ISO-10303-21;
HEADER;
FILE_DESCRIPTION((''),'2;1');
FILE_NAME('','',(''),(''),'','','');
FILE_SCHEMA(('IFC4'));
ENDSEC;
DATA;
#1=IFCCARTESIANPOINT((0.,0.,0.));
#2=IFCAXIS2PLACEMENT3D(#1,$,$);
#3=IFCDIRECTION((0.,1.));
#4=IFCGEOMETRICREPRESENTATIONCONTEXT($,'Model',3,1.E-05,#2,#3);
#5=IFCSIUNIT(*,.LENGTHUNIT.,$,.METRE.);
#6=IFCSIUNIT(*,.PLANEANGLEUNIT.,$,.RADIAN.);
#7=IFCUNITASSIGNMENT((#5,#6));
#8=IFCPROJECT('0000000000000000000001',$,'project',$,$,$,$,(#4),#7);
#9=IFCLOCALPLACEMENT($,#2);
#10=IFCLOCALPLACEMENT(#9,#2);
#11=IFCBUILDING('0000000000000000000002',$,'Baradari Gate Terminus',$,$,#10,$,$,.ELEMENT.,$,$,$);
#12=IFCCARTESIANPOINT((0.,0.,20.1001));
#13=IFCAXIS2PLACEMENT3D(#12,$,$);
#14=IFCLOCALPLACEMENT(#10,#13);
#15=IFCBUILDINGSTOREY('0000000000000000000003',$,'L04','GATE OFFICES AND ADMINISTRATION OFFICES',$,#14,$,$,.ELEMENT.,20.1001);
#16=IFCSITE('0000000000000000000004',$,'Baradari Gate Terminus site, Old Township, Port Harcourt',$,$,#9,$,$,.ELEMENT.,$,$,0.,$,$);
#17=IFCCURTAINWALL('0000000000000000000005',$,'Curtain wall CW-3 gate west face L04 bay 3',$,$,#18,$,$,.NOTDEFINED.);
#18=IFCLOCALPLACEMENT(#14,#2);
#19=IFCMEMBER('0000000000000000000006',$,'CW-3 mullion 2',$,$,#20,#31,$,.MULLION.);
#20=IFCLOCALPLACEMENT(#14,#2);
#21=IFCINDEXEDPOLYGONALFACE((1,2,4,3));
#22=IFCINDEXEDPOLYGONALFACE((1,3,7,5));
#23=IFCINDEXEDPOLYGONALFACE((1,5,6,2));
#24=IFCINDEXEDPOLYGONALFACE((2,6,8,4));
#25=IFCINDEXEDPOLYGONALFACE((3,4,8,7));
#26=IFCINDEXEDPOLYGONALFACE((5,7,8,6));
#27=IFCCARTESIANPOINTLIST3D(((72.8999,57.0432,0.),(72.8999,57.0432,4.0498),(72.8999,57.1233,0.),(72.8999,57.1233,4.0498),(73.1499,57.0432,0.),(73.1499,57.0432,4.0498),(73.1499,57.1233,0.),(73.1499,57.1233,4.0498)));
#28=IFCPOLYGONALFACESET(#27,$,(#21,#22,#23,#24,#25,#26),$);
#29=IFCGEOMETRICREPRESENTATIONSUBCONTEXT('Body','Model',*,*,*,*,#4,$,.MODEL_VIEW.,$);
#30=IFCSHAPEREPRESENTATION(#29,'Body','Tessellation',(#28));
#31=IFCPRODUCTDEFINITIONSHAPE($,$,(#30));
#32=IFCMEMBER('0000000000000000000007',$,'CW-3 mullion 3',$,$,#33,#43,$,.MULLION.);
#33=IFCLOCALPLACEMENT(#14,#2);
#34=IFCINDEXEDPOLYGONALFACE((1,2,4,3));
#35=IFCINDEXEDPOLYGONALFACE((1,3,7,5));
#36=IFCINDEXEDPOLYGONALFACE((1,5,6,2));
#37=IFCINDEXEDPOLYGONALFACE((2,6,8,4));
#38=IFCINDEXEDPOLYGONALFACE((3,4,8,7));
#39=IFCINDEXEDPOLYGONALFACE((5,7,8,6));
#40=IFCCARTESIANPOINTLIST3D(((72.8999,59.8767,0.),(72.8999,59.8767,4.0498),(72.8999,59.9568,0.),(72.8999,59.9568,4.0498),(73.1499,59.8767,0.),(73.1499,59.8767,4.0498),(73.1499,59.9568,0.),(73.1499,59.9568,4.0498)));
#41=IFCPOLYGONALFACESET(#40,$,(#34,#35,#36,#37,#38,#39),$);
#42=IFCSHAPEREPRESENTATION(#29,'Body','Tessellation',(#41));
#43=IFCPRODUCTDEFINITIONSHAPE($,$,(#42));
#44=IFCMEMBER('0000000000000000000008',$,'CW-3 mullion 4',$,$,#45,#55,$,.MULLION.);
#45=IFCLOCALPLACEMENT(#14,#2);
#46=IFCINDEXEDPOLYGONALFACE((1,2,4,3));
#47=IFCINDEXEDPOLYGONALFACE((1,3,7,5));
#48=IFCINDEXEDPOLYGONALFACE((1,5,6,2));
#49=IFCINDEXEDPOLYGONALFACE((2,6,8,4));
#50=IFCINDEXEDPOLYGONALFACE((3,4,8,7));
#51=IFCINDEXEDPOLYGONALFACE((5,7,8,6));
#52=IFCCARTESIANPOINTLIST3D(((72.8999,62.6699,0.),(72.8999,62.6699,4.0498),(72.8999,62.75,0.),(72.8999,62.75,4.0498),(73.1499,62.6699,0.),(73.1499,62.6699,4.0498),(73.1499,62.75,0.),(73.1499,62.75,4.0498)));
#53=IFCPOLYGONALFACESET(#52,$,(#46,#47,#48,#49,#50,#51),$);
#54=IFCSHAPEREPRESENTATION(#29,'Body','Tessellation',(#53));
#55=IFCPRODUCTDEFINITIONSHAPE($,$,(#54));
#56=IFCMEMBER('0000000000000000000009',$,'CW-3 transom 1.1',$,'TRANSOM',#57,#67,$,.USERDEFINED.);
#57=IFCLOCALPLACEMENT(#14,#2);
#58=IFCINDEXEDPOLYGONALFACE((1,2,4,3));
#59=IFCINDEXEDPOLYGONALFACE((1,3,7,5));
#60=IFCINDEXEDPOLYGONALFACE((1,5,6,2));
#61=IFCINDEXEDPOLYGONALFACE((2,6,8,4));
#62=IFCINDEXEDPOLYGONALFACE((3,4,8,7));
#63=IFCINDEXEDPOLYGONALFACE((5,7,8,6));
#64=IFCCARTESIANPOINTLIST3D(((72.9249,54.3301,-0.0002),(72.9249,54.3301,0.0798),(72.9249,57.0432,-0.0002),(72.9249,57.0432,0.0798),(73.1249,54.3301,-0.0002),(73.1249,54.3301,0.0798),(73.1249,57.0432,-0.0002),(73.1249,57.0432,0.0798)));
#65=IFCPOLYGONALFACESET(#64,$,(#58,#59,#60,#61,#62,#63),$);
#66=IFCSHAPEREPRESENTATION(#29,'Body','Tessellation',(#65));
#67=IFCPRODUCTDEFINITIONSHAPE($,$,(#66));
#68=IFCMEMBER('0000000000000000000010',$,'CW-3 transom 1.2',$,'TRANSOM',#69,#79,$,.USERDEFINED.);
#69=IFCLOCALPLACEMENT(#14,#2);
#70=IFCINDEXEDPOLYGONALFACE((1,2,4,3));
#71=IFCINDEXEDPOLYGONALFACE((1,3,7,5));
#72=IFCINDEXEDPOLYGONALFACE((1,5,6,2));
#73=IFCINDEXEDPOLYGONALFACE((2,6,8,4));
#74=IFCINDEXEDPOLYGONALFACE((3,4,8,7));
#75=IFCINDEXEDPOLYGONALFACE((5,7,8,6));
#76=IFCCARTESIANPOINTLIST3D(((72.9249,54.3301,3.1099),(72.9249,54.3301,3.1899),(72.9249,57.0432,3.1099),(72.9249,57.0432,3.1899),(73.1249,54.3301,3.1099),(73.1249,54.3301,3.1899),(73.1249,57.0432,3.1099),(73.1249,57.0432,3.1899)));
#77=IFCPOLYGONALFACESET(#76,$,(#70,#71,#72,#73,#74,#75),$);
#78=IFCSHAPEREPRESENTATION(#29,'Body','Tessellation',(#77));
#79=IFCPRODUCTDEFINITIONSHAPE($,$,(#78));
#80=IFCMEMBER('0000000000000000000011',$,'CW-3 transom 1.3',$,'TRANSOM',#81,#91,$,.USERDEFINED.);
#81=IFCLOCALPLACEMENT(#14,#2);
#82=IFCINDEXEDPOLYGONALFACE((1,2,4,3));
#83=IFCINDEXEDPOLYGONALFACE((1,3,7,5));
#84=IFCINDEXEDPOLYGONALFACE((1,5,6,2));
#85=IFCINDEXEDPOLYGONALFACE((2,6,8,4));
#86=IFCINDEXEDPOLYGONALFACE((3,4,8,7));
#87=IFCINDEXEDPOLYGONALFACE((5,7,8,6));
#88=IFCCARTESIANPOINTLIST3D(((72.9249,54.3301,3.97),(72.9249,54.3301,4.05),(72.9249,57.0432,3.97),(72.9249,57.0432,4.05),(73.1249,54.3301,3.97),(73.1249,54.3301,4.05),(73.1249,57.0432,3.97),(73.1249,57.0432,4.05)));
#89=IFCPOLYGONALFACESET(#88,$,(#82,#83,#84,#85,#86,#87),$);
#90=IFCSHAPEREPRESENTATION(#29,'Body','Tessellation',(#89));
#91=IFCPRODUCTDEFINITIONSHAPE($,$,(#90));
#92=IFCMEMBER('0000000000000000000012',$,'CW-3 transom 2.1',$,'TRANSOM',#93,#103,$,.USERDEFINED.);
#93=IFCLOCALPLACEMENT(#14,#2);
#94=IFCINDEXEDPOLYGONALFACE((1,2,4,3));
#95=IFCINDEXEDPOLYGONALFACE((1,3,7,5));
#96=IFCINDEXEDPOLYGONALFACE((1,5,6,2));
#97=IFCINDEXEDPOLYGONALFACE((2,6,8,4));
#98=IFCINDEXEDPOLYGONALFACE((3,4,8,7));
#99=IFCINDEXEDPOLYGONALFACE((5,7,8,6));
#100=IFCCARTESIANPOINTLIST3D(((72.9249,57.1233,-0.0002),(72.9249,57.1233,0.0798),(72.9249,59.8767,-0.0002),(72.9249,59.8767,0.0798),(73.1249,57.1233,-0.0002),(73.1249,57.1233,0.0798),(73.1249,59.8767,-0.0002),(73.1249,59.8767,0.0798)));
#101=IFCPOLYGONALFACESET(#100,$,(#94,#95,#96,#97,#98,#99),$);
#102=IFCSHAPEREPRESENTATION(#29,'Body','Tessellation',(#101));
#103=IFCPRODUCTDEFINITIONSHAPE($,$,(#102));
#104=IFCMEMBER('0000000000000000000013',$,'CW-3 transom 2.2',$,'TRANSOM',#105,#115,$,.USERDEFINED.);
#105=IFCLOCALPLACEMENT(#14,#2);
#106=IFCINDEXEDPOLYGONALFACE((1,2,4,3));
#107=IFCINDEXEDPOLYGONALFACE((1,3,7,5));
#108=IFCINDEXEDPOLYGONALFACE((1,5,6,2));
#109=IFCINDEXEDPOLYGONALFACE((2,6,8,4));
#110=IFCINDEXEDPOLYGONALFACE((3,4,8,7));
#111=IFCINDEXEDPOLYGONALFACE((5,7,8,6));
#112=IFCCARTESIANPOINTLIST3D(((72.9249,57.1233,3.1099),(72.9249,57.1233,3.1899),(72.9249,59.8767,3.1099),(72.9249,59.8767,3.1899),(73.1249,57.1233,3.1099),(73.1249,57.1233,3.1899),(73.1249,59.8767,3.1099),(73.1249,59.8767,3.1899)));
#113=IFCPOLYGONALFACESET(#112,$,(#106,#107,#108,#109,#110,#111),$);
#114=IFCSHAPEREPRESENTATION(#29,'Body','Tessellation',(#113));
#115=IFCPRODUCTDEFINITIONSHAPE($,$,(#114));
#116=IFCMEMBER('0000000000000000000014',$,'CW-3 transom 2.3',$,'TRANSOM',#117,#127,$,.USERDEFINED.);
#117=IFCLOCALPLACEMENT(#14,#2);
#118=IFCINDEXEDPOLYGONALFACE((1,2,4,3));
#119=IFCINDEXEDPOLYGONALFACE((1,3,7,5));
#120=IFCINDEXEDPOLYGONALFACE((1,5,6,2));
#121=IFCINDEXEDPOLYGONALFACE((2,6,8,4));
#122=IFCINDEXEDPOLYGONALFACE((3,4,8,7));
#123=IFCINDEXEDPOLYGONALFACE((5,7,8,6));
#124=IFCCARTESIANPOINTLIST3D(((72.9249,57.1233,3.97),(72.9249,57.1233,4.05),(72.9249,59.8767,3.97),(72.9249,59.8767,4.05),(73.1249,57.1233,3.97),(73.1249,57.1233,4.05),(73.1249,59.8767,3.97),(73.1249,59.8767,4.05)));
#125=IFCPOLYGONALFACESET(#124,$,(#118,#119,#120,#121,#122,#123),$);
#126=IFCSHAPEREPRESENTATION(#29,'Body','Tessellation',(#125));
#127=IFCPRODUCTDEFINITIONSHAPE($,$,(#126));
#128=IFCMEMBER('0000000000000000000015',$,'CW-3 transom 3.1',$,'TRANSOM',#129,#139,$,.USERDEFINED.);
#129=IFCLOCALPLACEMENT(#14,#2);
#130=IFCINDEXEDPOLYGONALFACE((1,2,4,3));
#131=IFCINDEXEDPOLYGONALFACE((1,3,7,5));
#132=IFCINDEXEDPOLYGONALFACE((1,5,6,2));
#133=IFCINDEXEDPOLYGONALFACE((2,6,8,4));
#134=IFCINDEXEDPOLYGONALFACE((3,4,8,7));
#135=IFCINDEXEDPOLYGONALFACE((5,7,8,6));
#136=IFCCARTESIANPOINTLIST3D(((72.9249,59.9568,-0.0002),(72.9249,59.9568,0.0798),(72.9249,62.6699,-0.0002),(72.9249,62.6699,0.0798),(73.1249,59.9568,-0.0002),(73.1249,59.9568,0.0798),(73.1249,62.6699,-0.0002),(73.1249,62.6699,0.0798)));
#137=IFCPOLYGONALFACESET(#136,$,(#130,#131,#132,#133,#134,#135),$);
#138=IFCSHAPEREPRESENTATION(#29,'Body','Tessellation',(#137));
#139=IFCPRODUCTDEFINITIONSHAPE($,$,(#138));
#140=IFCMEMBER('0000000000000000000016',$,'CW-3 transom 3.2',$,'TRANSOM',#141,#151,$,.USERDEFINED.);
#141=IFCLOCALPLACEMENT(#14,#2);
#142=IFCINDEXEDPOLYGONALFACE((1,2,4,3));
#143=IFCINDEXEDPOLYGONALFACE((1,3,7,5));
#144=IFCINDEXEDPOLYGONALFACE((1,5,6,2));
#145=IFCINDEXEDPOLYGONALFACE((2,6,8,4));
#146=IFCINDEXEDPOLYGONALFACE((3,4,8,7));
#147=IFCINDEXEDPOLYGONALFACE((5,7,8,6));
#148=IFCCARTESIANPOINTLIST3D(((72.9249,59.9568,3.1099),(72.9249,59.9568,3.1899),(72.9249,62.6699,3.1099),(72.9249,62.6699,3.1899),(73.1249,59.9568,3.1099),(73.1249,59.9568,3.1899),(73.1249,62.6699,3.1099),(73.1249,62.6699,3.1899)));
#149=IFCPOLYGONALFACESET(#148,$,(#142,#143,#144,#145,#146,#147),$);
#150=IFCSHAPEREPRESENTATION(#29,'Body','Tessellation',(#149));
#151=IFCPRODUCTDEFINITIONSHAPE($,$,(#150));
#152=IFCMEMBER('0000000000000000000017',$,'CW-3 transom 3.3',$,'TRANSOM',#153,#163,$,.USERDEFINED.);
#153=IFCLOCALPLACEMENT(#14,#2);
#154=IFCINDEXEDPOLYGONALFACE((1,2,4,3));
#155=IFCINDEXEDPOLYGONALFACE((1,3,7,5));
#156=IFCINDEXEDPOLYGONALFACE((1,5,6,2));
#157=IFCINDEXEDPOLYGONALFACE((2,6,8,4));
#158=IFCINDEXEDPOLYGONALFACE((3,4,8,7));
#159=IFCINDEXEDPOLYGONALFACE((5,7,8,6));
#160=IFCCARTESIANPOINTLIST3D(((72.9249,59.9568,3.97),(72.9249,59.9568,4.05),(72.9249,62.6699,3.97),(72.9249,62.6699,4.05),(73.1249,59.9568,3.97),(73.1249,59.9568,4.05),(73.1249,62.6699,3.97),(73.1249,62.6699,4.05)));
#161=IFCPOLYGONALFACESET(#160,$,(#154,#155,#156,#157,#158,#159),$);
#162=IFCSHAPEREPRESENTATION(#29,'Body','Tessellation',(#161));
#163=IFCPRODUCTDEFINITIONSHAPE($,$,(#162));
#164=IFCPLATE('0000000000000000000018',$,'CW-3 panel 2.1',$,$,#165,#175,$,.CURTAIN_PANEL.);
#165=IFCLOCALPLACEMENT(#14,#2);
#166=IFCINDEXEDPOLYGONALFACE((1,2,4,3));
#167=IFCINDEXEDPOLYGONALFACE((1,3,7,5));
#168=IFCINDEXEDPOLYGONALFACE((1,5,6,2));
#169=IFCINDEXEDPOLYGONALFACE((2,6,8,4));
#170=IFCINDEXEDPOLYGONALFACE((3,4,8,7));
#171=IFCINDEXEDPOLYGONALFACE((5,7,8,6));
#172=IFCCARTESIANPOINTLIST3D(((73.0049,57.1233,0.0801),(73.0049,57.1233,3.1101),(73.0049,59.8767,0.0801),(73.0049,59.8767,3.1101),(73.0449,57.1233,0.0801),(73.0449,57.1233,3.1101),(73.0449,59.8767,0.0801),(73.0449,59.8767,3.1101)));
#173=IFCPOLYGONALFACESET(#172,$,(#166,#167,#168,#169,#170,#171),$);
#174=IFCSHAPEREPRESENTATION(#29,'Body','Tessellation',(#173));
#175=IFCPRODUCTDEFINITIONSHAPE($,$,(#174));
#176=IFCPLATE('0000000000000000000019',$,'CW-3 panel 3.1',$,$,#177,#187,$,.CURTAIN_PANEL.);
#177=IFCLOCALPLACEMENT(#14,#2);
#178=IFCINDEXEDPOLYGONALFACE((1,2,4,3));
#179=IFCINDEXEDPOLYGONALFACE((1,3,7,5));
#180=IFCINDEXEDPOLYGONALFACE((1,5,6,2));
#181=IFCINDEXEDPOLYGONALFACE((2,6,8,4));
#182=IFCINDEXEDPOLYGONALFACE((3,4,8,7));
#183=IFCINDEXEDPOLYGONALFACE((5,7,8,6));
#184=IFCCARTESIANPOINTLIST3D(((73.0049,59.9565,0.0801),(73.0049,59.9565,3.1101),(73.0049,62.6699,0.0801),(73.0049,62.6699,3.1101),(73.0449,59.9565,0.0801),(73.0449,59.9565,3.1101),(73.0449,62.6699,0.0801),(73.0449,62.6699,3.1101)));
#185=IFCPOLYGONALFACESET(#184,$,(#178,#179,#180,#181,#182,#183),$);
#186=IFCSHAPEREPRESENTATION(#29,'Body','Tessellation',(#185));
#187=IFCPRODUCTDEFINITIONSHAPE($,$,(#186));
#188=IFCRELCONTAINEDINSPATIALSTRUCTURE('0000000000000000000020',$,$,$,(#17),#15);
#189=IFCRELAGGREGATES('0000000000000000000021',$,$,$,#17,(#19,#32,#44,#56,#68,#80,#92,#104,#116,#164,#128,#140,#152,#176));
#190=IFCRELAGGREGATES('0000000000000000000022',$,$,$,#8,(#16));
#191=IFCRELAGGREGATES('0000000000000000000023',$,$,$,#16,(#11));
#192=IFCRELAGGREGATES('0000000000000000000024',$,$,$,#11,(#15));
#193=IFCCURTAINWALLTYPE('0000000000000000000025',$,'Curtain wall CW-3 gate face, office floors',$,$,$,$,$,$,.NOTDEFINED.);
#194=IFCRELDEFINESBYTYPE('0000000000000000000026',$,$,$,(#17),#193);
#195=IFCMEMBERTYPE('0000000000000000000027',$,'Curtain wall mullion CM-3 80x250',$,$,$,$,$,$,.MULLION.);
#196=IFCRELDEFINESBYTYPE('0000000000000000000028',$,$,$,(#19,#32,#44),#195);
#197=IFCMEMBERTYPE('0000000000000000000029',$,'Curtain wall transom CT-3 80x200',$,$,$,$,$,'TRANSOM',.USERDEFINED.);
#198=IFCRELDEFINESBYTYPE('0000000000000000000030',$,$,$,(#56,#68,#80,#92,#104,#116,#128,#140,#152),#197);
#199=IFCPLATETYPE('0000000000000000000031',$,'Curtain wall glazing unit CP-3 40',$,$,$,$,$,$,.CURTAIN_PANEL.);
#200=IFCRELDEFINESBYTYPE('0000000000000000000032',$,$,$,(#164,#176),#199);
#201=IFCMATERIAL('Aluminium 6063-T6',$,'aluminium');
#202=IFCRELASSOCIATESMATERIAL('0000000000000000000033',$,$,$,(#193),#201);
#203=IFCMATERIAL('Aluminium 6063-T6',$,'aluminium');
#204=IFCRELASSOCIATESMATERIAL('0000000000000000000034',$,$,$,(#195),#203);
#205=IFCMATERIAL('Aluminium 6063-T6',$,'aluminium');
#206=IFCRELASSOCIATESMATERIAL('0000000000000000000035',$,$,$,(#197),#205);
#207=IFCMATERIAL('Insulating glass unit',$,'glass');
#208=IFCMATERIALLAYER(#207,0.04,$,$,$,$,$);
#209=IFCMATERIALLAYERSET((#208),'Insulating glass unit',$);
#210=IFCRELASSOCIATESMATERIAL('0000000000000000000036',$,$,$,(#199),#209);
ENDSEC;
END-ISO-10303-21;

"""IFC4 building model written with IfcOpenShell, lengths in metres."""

from ifc_helpers import new_model, si_unit, direction, frame, origin, origin_2d, place, context, subcontext, project, spatial, rectangle, extrude, material, layer, layer_set, material_profile, profile_set, type_object, element, aggregate, save


model = new_model("IFC4")

# Units and contexts
model_context = context("Model", 3, precision=1e-05, world=origin(), true_north=direction((0.0, 1.0)))
body_context = subcontext(model_context, "Body", "Model", "MODEL_VIEW")
ifc_project = project(units=[si_unit("LENGTHUNIT", "METRE"), si_unit("PLANEANGLEUNIT", "RADIAN")], contexts=[model_context])

# Site, building, storey
site_placement = place(None, origin())
site = spatial("IfcSite", under=ifc_project, at=site_placement, Name="Baradari Gate Terminus site, Old Township, Port Harcourt", CompositionType="ELEMENT", RefElevation=0.0)
building_placement = place(site_placement, origin())
building = spatial("IfcBuilding", under=site, at=building_placement, Name="Baradari Gate Terminus", CompositionType="ELEMENT")
storey_placement = place(building_placement, frame((0.0, 0.0, 20.1001)))
storey = spatial("IfcBuildingStorey", under=building, at=storey_placement, Name="L04", Description="GATE OFFICES AND ADMINISTRATION OFFICES", CompositionType="ELEMENT", Elevation=20.1001)

# Curtain wall, members, plates
ifc_material_1 = material(Name="Aluminium 6063-T6", Category="aluminium")
curtain_wall_type = type_object("IfcCurtainWallType", Name="Curtain wall CW-3 gate face, office floors", PredefinedType="NOTDEFINED", material=ifc_material_1)
curtain_wall_placement = place(storey_placement, origin())
curtain_wall = element("IfcCurtainWall", 1, at=curtain_wall_placement, inside=storey, type_object=curtain_wall_type, Name="Curtain wall CW-3 gate west face L04 bay 3", PredefinedType="NOTDEFINED")
ifc_material_2 = material(Name="Aluminium 6063-T6", Category="aluminium")
ifc_material_profile_1 = material_profile(ifc_material_2, rectangle(XDim=0.25, YDim=0.0801, at=origin_2d()), Name="CM-3 80X250")
ifc_profile_set_1 = profile_set([ifc_material_profile_1], Name="Aluminium 6063-T6")
member_type_1 = type_object("IfcMemberType", Name="Curtain wall mullion CM-3 80x250", PredefinedType="MULLION", material=ifc_profile_set_1)
member_1_placement = place(storey_placement, frame((73.0249, 57.0833, 0.0), z_axis=(0.0, 0.0, 1.0), x_axis=(-1.0, 0.0, 0.0)))
member_1 = element("IfcMember", 2, at=member_1_placement, type_object=member_type_1, Name="CW-3 mullion 2", PredefinedType="MULLION", context=body_context, shape_type="SweptSolid", body=[
    extrude(rectangle(XDim=0.25, YDim=0.0801, at=origin_2d()), origin(), (0.0, 0.0, 1.0), 4.0498),
])
member_2_placement = place(storey_placement, frame((73.0249, 59.9167, 0.0), z_axis=(0.0, 0.0, 1.0), x_axis=(-1.0, 0.0, 0.0)))
member_2 = element("IfcMember", 3, at=member_2_placement, type_object=member_type_1, Name="CW-3 mullion 3", PredefinedType="MULLION", context=body_context, shape_type="SweptSolid", body=[
    extrude(rectangle(XDim=0.25, YDim=0.0801, at=origin_2d()), origin(), (0.0, 0.0, 1.0), 4.0498),
])
member_3_placement = place(storey_placement, frame((73.0249, 62.71, 0.0), z_axis=(0.0, 0.0, 1.0), x_axis=(-1.0, 0.0, 0.0)))
member_3 = element("IfcMember", 4, at=member_3_placement, type_object=member_type_1, Name="CW-3 mullion 4", PredefinedType="MULLION", context=body_context, shape_type="SweptSolid", body=[
    extrude(rectangle(XDim=0.25, YDim=0.0801, at=origin_2d()), origin(), (0.0, 0.0, 1.0), 4.0498),
])
ifc_material_3 = material(Name="Aluminium 6063-T6", Category="aluminium")
ifc_material_profile_2 = material_profile(ifc_material_3, rectangle(XDim=0.2, YDim=0.0801, at=origin_2d()), Name="CT-3 80X200")
ifc_profile_set_2 = profile_set([ifc_material_profile_2], Name="Aluminium 6063-T6")
member_type_2 = type_object("IfcMemberType", Name="Curtain wall transom CT-3 80x200", ElementType="TRANSOM", PredefinedType="USERDEFINED", material=ifc_profile_set_2)
member_4_placement = place(storey_placement, frame((73.0249, 54.3301, 0.0398), z_axis=(0.0, 1.0, 0.0), x_axis=(-1.0, 0.0, 0.0)))
member_4 = element("IfcMember", 5, at=member_4_placement, type_object=member_type_2, Name="CW-3 transom 1.1", ObjectType="TRANSOM", PredefinedType="USERDEFINED", context=body_context, shape_type="SweptSolid", body=[
    extrude(rectangle(XDim=0.2, YDim=0.0801, at=origin_2d()), origin(), (0.0, 0.0, 1.0), 2.7131),
])
member_5_placement = place(storey_placement, frame((73.0249, 54.3301, 3.1499), z_axis=(0.0, 1.0, 0.0), x_axis=(-1.0, 0.0, 0.0)))
member_5 = element("IfcMember", 6, at=member_5_placement, type_object=member_type_2, Name="CW-3 transom 1.2", ObjectType="TRANSOM", PredefinedType="USERDEFINED", context=body_context, shape_type="SweptSolid", body=[
    extrude(rectangle(XDim=0.2, YDim=0.0801, at=origin_2d()), origin(), (0.0, 0.0, 1.0), 2.7131),
])
member_6_placement = place(storey_placement, frame((73.0249, 54.3301, 4.01), z_axis=(0.0, 1.0, 0.0), x_axis=(-1.0, 0.0, 0.0)))
member_6 = element("IfcMember", 7, at=member_6_placement, type_object=member_type_2, Name="CW-3 transom 1.3", ObjectType="TRANSOM", PredefinedType="USERDEFINED", context=body_context, shape_type="SweptSolid", body=[
    extrude(rectangle(XDim=0.2, YDim=0.0801, at=origin_2d()), origin(), (0.0, 0.0, 1.0), 2.7131),
])
member_7_placement = place(storey_placement, frame((73.0249, 57.1233, 0.0398), z_axis=(0.0, 1.0, 0.0), x_axis=(-1.0, 0.0, 0.0)))
member_7 = element("IfcMember", 8, at=member_7_placement, type_object=member_type_2, Name="CW-3 transom 2.1", ObjectType="TRANSOM", PredefinedType="USERDEFINED", context=body_context, shape_type="SweptSolid", body=[
    extrude(rectangle(XDim=0.2, YDim=0.0801, at=origin_2d()), origin(), (0.0, 0.0, 1.0), 2.7534),
])
member_8_placement = place(storey_placement, frame((73.0249, 57.1233, 3.1499), z_axis=(0.0, 1.0, 0.0), x_axis=(-1.0, 0.0, 0.0)))
member_8 = element("IfcMember", 9, at=member_8_placement, type_object=member_type_2, Name="CW-3 transom 2.2", ObjectType="TRANSOM", PredefinedType="USERDEFINED", context=body_context, shape_type="SweptSolid", body=[
    extrude(rectangle(XDim=0.2, YDim=0.0801, at=origin_2d()), origin(), (0.0, 0.0, 1.0), 2.7534),
])
member_9_placement = place(storey_placement, frame((73.0249, 57.1233, 4.01), z_axis=(0.0, 1.0, 0.0), x_axis=(-1.0, 0.0, 0.0)))
member_9 = element("IfcMember", 10, at=member_9_placement, type_object=member_type_2, Name="CW-3 transom 2.3", ObjectType="TRANSOM", PredefinedType="USERDEFINED", context=body_context, shape_type="SweptSolid", body=[
    extrude(rectangle(XDim=0.2, YDim=0.0801, at=origin_2d()), origin(), (0.0, 0.0, 1.0), 2.7534),
])
member_10_placement = place(storey_placement, frame((73.0249, 59.9568, 0.0398), z_axis=(0.0, 1.0, 0.0), x_axis=(-1.0, 0.0, 0.0)))
member_10 = element("IfcMember", 11, at=member_10_placement, type_object=member_type_2, Name="CW-3 transom 3.1", ObjectType="TRANSOM", PredefinedType="USERDEFINED", context=body_context, shape_type="SweptSolid", body=[
    extrude(rectangle(XDim=0.2, YDim=0.0801, at=origin_2d()), origin(), (0.0, 0.0, 1.0), 2.7131),
])
member_11_placement = place(storey_placement, frame((73.0249, 59.9568, 3.1499), z_axis=(0.0, 1.0, 0.0), x_axis=(-1.0, 0.0, 0.0)))
member_11 = element("IfcMember", 12, at=member_11_placement, type_object=member_type_2, Name="CW-3 transom 3.2", ObjectType="TRANSOM", PredefinedType="USERDEFINED", context=body_context, shape_type="SweptSolid", body=[
    extrude(rectangle(XDim=0.2, YDim=0.0801, at=origin_2d()), origin(), (0.0, 0.0, 1.0), 2.7131),
])
member_12_placement = place(storey_placement, frame((73.0249, 59.9568, 4.01), z_axis=(0.0, 1.0, 0.0), x_axis=(-1.0, 0.0, 0.0)))
member_12 = element("IfcMember", 13, at=member_12_placement, type_object=member_type_2, Name="CW-3 transom 3.3", ObjectType="TRANSOM", PredefinedType="USERDEFINED", context=body_context, shape_type="SweptSolid", body=[
    extrude(rectangle(XDim=0.2, YDim=0.0801, at=origin_2d()), origin(), (0.0, 0.0, 1.0), 2.7131),
])
ifc_material_4 = material(Name="Insulating glass unit", Category="glass")
ifc_layer_1 = layer(ifc_material_4, 0.04)
ifc_layer_set_1 = layer_set([ifc_layer_1], Name="Insulating glass unit")
plate_type_1 = type_object("IfcPlateType", Name="Curtain wall glazing unit CP-3 40", PredefinedType="CURTAIN_PANEL", material=ifc_layer_set_1)
plate_1_placement = place(storey_placement, frame((73.0249, 58.5, 0.0801), z_axis=(0.0, 0.0, 1.0), x_axis=(0.0, 1.0, 0.0)))
plate_1 = element("IfcPlate", 14, at=plate_1_placement, type_object=plate_type_1, Name="CW-3 panel 2.1", PredefinedType="CURTAIN_PANEL", context=body_context, shape_type="SweptSolid", body=[
    extrude(rectangle(XDim=2.7534, YDim=0.04, at=origin_2d()), origin(), (0.0, 0.0, 1.0), 3.03),
])
plate_2_placement = place(storey_placement, frame((73.0249, 61.3132, 0.0801), z_axis=(0.0, 0.0, 1.0), x_axis=(0.0, 1.0, 0.0)))
plate_2 = element("IfcPlate", 15, at=plate_2_placement, type_object=plate_type_1, Name="CW-3 panel 3.1", PredefinedType="CURTAIN_PANEL", context=body_context, shape_type="SweptSolid", body=[
    extrude(rectangle(XDim=2.7134, YDim=0.04, at=origin_2d()), origin(), (0.0, 0.0, 1.0), 3.03),
])
aggregate(curtain_wall, [member_1, member_2, member_3, member_4, member_5, member_6, member_7, member_8, member_9, plate_1, member_10, member_11, member_12, plate_2])

save(model, "model.ifc")
